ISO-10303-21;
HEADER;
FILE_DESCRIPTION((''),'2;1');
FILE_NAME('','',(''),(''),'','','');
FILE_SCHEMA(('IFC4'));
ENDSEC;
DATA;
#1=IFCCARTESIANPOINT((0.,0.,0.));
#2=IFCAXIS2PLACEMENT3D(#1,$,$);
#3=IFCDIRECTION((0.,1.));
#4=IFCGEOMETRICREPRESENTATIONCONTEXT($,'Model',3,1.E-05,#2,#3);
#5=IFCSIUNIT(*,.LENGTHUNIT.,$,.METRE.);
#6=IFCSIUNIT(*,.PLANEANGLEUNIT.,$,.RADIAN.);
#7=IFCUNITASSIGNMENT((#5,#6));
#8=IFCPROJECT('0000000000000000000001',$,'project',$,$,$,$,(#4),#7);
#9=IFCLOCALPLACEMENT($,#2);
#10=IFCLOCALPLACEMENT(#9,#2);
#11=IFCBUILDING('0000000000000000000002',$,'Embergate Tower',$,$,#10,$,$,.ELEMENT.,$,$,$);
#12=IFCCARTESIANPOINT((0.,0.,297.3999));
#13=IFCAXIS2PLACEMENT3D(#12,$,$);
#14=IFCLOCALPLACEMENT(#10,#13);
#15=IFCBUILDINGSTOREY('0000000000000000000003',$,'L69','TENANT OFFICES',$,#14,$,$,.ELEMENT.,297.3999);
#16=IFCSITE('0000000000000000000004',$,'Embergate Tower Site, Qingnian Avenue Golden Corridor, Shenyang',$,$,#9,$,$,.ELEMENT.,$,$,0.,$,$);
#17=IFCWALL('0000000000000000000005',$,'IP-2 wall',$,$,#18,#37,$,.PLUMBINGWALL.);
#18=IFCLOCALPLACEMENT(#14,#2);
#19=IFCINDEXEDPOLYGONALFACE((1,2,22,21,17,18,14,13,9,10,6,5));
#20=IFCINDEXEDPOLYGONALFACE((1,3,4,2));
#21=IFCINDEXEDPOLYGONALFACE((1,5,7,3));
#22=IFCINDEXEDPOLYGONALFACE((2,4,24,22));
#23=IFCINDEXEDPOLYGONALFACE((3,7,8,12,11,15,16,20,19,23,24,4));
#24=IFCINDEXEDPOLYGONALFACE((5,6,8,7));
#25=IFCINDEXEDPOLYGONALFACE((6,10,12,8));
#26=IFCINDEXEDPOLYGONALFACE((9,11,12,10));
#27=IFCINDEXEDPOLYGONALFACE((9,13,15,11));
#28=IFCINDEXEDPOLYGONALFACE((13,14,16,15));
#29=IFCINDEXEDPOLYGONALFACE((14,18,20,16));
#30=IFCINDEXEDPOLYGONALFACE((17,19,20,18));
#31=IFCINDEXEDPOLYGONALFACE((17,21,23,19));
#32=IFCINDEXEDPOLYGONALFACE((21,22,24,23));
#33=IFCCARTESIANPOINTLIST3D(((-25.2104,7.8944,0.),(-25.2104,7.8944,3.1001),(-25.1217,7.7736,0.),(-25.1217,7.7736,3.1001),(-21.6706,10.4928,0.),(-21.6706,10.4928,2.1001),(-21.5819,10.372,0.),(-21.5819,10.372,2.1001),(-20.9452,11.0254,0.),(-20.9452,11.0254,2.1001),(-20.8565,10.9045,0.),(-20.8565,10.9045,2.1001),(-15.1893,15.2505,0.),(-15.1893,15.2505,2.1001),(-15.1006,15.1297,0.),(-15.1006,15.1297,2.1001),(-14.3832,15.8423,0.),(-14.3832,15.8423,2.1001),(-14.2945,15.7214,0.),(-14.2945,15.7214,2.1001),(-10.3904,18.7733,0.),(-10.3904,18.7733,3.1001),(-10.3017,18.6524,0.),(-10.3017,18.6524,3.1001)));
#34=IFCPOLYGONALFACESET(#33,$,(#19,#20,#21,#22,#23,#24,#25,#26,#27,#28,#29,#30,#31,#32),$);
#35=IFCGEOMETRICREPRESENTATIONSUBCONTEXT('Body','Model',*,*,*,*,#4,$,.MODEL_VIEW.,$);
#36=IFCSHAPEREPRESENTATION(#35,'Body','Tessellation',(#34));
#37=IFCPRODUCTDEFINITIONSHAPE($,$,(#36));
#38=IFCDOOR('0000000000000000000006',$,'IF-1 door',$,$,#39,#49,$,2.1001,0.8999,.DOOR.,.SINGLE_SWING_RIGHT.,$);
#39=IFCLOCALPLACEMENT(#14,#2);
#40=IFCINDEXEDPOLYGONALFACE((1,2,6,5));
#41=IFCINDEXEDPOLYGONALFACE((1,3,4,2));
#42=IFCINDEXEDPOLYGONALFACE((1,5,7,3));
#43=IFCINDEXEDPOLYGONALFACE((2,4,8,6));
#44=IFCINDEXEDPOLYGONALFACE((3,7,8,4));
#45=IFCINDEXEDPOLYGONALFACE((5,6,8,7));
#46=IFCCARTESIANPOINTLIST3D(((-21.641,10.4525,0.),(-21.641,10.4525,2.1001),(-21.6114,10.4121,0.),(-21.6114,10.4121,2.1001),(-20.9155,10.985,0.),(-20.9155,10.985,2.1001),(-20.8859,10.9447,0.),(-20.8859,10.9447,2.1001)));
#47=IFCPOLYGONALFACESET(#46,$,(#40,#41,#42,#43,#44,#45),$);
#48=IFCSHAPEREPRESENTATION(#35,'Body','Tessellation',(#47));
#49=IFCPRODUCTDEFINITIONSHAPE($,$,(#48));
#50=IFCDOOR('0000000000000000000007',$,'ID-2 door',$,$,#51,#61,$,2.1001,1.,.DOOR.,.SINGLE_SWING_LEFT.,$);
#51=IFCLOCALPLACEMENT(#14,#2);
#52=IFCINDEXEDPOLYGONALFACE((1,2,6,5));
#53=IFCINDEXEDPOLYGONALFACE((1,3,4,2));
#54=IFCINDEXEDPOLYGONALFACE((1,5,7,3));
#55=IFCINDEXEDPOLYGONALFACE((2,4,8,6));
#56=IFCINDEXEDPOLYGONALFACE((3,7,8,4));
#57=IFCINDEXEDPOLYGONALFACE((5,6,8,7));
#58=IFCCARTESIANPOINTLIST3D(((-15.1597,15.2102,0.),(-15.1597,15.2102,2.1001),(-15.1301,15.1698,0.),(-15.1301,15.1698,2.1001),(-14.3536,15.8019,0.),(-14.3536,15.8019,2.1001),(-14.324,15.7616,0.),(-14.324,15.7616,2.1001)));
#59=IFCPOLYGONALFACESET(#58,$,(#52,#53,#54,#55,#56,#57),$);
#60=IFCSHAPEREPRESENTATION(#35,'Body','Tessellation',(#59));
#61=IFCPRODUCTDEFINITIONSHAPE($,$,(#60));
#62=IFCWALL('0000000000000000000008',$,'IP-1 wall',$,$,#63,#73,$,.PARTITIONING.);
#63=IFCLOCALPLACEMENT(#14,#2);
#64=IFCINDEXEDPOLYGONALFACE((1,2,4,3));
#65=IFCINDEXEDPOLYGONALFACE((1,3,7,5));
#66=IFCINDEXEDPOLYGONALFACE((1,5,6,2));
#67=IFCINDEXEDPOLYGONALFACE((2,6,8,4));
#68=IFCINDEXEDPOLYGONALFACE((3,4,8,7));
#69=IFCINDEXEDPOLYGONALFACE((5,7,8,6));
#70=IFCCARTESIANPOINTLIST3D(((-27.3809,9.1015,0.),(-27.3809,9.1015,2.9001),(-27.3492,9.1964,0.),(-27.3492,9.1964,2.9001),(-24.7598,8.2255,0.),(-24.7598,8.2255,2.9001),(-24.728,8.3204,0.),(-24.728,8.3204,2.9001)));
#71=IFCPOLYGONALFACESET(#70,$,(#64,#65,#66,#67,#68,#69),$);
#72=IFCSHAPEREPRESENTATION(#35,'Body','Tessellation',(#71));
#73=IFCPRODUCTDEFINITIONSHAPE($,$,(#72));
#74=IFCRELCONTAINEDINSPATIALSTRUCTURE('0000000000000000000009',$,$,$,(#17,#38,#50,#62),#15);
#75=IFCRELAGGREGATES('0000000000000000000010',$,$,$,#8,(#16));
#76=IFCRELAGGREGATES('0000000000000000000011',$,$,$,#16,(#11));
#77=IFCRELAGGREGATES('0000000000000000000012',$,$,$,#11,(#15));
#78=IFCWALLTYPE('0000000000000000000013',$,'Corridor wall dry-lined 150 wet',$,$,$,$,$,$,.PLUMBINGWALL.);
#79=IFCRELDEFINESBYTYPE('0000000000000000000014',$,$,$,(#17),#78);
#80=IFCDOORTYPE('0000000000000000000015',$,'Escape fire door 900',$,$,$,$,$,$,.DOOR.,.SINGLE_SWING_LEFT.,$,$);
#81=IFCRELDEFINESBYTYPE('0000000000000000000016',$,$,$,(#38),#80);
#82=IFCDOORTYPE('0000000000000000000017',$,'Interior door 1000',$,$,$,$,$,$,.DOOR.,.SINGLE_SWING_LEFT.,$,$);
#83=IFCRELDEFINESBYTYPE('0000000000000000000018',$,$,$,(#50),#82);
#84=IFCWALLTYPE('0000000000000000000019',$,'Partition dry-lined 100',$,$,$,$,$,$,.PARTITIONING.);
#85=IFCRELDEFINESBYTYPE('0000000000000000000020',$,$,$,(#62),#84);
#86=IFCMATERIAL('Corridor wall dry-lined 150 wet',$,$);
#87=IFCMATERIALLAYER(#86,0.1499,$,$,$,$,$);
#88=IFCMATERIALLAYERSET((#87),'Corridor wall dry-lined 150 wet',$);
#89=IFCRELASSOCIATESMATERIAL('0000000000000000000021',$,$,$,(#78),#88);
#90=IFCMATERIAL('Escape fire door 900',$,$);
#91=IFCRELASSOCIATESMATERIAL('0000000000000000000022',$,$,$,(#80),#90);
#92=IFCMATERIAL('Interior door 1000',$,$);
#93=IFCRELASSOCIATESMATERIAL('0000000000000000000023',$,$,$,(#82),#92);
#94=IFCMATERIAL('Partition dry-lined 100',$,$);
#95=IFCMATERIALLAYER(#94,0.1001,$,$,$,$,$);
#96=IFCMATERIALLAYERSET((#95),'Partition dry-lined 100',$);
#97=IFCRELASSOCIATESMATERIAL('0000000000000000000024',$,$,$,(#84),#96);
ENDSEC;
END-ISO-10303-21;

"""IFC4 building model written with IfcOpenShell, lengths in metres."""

from ifc_helpers import new_model, si_unit, direction, frame, frame_2d, origin, place, context, subcontext, project, spatial, rectangle, extrude, source, transform, mapped, material, layer, layer_set, type_object, element, fill, save


model = new_model("IFC4")

# Units and contexts
model_context = context("Model", 3, precision=1e-05, world=origin(), true_north=direction((0.0, 1.0)))
body_context = subcontext(model_context, "Body", "Model", "MODEL_VIEW")
ifc_project = project(units=[si_unit("LENGTHUNIT", "METRE"), si_unit("PLANEANGLEUNIT", "RADIAN")], contexts=[model_context])

# Site, building, storey
site_placement = place(None, origin())
site = spatial("IfcSite", under=ifc_project, at=site_placement, Name="Embergate Tower Site, Qingnian Avenue Golden Corridor, Shenyang", CompositionType="ELEMENT", RefElevation=0.0)
building_placement = place(site_placement, origin())
building = spatial("IfcBuilding", under=site, at=building_placement, Name="Embergate Tower", CompositionType="ELEMENT")
storey_placement = place(building_placement, frame((0.0, 0.0, 297.3999)))
storey = spatial("IfcBuildingStorey", under=building, at=storey_placement, Name="L69", Description="TENANT OFFICES", CompositionType="ELEMENT", Elevation=297.3999)

# Wall, openings, doors
ifc_material_1 = material(Name="Corridor wall dry-lined 150 wet")
ifc_layer_1 = layer(ifc_material_1, 0.1499)
ifc_layer_set_1 = layer_set([ifc_layer_1], Name="Corridor wall dry-lined 150 wet")
wall_type_1 = type_object("IfcWallType", Name="Corridor wall dry-lined 150 wet", PredefinedType="PLUMBINGWALL", material=ifc_layer_set_1)
shared_shape_1 = source(origin(), body_context, "Body", "SweptSolid", [
    extrude(rectangle(XDim=18.3843, YDim=0.1499, at=frame_2d((9.1921, 0.0))), origin(), (0.0, 0.0, 1.0), 3.1001),
])
wall_1_placement = place(storey_placement, frame((-25.166, 7.834, 0.0), z_axis=(0.0, 0.0, 1.0), x_axis=(0.806123, 0.591748, 0.0)))
wall_1 = element("IfcWall", 1, at=wall_1_placement, inside=storey, type_object=wall_type_1, Name="IP-2 wall", PredefinedType="PLUMBINGWALL", context=body_context, shape_type="MappedRepresentation", body=[
    mapped(shared_shape_1, transform((0.0, 0.0, 0.0))),
])
shared_shape_2 = source(origin(), body_context, "Body", "SweptSolid", [
    extrude(rectangle(XDim=1.0, YDim=2.1001, at=frame_2d((0.5, 1.05))), frame((0.0, 0.085, 0.0), z_axis=(0.0, -1.0, 0.0), x_axis=(1.0, 0.0, 0.0)), (0.0, 0.0, 1.0), 0.1699),
])
opening_1_placement = place(wall_1_placement, frame((12.4312, 0.0, 0.0)))
opening_1 = element("IfcOpeningElement", 2, at=opening_1_placement, cuts=wall_1, PredefinedType="OPENING", context=body_context, shape_type="MappedRepresentation", body=[
    mapped(shared_shape_2, transform((0.0, 0.0, 0.0))),
])
shared_shape_3 = source(origin(), body_context, "Body", "SweptSolid", [
    extrude(rectangle(XDim=0.8999, YDim=2.1001, at=frame_2d((0.45, 1.05))), frame((0.0, 0.085, 0.0), z_axis=(0.0, -1.0, 0.0), x_axis=(1.0, 0.0, 0.0)), (0.0, 0.0, 1.0), 0.1699),
])
opening_2_placement = place(wall_1_placement, frame((4.3911, 0.0, 0.0)))
opening_2 = element("IfcOpeningElement", 3, at=opening_2_placement, cuts=wall_1, PredefinedType="OPENING", context=body_context, shape_type="MappedRepresentation", body=[
    mapped(shared_shape_3, transform((0.0, 0.0, 0.0))),
])
ifc_material_2 = material(Name="Escape fire door 900")
door_type_1 = type_object("IfcDoorType", Name="Escape fire door 900", OperationType="SINGLE_SWING_LEFT", PredefinedType="DOOR", material=ifc_material_2)
shared_shape_4 = source(origin(), body_context, "Body", "SweptSolid", [
    extrude(rectangle(XDim=0.8999, YDim=2.1001, at=frame_2d((0.45, 1.05))), frame((0.0, 0.0249, 0.0), z_axis=(0.0, -1.0, 0.0), x_axis=(1.0, 0.0, 0.0)), (0.0, 0.0, 1.0), 0.05),
])
door_1_placement = place(opening_2_placement, origin())
door_1 = element("IfcDoor", 4, at=door_1_placement, inside=storey, type_object=door_type_1, Name="IF-1 door", OperationType="SINGLE_SWING_RIGHT", OverallHeight=2.1001, OverallWidth=0.8999, PredefinedType="DOOR", context=body_context, shape_type="MappedRepresentation", body=[
    mapped(shared_shape_4, transform((0.0, 0.0, 0.0))),
])
fill(opening_2, door_1)
ifc_material_3 = material(Name="Interior door 1000")
door_type_2 = type_object("IfcDoorType", Name="Interior door 1000", OperationType="SINGLE_SWING_LEFT", PredefinedType="DOOR", material=ifc_material_3)
shared_shape_5 = source(origin(), body_context, "Body", "SweptSolid", [
    extrude(rectangle(XDim=1.0, YDim=2.1001, at=frame_2d((0.5, 1.05))), frame((0.0, 0.0249, 0.0), z_axis=(0.0, -1.0, 0.0), x_axis=(1.0, 0.0, 0.0)), (0.0, 0.0, 1.0), 0.05),
])
door_2_placement = place(opening_1_placement, origin())
door_2 = element("IfcDoor", 5, at=door_2_placement, inside=storey, type_object=door_type_2, Name="ID-2 door", OperationType="SINGLE_SWING_LEFT", OverallHeight=2.1001, OverallWidth=1.0, PredefinedType="DOOR", context=body_context, shape_type="MappedRepresentation", body=[
    mapped(shared_shape_5, transform((0.0, 0.0, 0.0))),
])
fill(opening_1, door_2)

# Wall
ifc_material_4 = material(Name="Partition dry-lined 100")
ifc_layer_2 = layer(ifc_material_4, 0.1001)
ifc_layer_set_2 = layer_set([ifc_layer_2], Name="Partition dry-lined 100")
wall_type_2 = type_object("IfcWallType", Name="Partition dry-lined 100", PredefinedType="PARTITIONING", material=ifc_layer_set_2)
shared_shape_6 = source(origin(), body_context, "Body", "SweptSolid", [
    extrude(rectangle(XDim=2.7637, YDim=0.1001, at=frame_2d((1.3818, 0.0))), origin(), (0.0, 0.0, 1.0), 2.9001),
])
wall_2_placement = place(storey_placement, frame((-24.7439, 8.2729, 0.0), z_axis=(0.0, 0.0, 1.0), x_axis=(-0.948436, 0.31697, 0.0)))
element("IfcWall", 6, at=wall_2_placement, inside=storey, type_object=wall_type_2, Name="IP-1 wall", PredefinedType="PARTITIONING", context=body_context, shape_type="MappedRepresentation", body=[
    mapped(shared_shape_6, transform((0.0, 0.0, 0.0))),
])

save(model, "model.ifc")
